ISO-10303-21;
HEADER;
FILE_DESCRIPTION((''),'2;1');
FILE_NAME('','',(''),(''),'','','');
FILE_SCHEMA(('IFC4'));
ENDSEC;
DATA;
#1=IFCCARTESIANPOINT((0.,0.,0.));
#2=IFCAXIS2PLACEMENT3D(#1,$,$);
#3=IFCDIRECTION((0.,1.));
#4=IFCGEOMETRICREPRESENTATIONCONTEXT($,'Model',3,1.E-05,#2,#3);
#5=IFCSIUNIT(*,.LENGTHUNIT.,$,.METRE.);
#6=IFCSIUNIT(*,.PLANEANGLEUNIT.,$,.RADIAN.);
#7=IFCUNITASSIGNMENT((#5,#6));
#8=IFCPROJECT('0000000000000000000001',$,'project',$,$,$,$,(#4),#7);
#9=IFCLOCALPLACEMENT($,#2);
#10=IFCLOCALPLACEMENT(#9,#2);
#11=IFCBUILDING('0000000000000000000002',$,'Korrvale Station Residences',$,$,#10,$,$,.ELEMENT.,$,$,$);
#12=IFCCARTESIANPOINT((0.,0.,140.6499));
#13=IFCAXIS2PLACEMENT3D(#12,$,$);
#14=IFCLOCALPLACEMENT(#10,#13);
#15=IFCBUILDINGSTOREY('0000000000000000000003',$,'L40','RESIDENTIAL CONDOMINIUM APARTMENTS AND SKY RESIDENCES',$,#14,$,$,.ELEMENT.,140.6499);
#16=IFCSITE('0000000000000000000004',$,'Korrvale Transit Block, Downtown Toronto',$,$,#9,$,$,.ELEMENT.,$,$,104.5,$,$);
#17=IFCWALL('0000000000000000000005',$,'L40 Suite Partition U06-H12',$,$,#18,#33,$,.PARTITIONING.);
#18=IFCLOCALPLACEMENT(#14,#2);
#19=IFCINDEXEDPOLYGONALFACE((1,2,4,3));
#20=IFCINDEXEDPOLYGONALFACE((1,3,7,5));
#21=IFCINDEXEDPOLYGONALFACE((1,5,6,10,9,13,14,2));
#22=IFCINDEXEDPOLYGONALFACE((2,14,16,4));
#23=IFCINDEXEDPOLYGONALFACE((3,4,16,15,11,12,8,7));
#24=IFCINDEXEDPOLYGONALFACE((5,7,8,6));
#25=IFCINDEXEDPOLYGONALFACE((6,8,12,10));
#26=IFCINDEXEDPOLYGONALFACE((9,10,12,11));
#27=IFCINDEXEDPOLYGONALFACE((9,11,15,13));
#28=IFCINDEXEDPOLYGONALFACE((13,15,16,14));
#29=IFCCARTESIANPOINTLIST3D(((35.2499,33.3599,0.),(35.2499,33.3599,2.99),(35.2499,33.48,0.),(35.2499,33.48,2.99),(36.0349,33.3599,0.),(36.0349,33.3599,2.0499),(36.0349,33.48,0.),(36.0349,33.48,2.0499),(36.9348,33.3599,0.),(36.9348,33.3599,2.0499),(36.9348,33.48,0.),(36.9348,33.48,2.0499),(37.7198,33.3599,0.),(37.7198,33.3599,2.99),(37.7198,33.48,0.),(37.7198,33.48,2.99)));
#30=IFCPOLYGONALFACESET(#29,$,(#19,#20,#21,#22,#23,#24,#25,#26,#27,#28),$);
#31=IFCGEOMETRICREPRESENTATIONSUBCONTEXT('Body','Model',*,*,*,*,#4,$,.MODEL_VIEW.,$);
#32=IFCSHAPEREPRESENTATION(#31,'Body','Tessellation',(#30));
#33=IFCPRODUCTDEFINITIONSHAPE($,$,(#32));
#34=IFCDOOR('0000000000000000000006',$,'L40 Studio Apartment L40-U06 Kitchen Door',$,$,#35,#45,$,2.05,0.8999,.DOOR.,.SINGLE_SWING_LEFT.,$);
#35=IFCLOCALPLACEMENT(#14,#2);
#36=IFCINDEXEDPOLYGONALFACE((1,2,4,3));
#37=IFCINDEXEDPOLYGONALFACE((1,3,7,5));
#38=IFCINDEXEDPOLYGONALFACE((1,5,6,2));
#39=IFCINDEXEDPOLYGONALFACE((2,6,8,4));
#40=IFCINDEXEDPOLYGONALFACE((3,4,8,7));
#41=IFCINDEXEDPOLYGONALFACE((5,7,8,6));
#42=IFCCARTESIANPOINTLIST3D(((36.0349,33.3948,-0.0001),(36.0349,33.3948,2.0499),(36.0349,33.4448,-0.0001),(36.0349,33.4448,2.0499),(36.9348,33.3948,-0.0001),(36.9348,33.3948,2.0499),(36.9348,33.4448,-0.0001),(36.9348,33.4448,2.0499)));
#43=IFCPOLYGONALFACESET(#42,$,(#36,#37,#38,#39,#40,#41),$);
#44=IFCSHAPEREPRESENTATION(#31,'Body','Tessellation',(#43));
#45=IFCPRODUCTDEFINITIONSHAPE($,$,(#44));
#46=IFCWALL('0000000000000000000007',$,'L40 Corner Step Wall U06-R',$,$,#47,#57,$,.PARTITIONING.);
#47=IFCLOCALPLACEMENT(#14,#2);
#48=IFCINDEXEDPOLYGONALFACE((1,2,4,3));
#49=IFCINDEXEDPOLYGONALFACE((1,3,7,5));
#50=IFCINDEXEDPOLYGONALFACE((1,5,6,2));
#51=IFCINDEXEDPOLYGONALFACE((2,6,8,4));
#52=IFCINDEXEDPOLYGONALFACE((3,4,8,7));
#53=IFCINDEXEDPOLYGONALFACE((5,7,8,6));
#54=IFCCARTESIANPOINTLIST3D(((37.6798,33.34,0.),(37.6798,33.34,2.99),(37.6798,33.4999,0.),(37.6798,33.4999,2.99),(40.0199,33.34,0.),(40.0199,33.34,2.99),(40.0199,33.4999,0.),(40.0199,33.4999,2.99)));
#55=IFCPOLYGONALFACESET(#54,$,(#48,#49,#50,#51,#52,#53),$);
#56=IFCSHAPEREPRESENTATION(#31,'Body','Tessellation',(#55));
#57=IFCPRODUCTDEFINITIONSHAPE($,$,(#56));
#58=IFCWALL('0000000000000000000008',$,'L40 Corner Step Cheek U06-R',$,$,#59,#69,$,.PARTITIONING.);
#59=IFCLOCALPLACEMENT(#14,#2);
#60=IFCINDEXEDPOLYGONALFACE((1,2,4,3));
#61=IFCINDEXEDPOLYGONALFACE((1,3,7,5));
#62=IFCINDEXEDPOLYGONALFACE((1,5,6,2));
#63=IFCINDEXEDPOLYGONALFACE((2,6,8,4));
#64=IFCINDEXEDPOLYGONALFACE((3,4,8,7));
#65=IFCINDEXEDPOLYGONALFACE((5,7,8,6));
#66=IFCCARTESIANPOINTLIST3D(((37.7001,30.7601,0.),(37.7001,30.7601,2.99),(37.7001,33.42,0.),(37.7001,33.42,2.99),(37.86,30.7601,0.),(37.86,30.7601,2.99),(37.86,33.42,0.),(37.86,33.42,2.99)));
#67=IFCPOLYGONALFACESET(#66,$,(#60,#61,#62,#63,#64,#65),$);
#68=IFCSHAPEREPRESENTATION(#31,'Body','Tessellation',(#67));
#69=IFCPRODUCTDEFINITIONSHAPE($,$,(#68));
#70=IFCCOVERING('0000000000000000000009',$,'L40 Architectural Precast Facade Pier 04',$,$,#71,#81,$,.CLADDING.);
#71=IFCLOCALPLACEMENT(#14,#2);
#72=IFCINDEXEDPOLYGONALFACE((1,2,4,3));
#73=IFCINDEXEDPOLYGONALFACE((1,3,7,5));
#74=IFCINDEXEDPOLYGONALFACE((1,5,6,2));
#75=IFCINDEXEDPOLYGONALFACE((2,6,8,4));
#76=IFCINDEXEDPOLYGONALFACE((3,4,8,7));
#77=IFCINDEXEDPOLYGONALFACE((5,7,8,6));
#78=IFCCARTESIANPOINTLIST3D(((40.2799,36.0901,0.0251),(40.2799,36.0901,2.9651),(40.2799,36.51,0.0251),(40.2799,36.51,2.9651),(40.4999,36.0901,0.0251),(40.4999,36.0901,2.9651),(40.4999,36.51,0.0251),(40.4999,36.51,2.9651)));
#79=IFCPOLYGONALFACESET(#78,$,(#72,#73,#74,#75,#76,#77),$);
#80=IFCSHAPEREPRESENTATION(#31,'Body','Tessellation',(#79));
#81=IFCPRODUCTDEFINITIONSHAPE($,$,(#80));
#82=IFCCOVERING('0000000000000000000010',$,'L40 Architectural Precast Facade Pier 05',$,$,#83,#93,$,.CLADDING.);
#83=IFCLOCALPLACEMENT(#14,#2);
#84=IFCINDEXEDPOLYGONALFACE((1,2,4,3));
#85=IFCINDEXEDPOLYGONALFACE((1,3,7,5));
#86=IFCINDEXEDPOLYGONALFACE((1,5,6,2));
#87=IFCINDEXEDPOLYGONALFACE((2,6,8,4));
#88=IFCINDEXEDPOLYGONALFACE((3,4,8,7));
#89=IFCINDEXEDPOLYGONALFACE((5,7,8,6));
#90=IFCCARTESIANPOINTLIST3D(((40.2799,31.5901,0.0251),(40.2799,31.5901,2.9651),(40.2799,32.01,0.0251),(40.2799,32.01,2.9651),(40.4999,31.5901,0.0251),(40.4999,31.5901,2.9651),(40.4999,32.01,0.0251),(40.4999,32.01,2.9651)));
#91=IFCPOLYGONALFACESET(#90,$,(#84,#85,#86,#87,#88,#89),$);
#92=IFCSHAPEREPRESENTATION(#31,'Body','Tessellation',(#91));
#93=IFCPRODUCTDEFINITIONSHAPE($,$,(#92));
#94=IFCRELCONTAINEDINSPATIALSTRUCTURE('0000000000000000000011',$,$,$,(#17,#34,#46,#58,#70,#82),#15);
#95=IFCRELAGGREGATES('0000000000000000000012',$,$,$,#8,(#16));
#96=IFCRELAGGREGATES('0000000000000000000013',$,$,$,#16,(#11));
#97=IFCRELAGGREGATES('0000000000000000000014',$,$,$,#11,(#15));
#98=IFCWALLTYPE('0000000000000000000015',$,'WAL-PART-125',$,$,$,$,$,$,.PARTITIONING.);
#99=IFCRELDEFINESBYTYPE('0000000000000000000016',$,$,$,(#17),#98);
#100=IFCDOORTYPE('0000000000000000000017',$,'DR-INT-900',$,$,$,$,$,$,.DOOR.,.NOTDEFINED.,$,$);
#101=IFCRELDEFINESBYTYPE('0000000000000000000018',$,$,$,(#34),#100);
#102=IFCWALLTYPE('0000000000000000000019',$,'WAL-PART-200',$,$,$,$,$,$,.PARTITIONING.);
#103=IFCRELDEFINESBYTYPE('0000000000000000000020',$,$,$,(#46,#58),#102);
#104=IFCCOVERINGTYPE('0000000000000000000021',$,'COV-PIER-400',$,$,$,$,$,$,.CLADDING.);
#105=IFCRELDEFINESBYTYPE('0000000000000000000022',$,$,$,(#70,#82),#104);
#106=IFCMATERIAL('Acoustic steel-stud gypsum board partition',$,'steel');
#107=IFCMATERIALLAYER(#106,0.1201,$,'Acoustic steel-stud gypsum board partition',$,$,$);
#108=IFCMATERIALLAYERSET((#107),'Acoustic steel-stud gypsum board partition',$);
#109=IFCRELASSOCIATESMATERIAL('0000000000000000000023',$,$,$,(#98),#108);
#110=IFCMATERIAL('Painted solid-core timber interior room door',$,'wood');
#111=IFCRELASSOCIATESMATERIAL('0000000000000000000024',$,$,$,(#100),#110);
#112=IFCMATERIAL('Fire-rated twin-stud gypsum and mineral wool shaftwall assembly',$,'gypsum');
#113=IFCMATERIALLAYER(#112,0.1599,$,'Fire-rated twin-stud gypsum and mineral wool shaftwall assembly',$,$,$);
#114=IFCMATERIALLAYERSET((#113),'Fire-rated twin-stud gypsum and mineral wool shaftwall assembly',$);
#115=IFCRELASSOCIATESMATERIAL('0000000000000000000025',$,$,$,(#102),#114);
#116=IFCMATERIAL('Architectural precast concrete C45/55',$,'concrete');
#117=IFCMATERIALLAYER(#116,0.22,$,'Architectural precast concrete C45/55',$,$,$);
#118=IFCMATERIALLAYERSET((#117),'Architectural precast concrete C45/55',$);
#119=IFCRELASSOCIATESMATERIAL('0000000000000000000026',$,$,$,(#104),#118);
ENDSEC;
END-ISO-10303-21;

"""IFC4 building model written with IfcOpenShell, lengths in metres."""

from ifc_helpers import new_model, si_unit, direction, frame, frame_2d, origin, origin_2d, place, context, subcontext, project, spatial, rectangle, extrude, material, layer, layer_set, type_object, element, fill, save


model = new_model("IFC4")

# Units and contexts
model_context = context("Model", 3, precision=1e-05, world=origin(), true_north=direction((0.0, 1.0)))
body_context = subcontext(model_context, "Body", "Model", "MODEL_VIEW")
ifc_project = project(units=[si_unit("LENGTHUNIT", "METRE"), si_unit("PLANEANGLEUNIT", "RADIAN")], contexts=[model_context])

# Site, building, storey
site_placement = place(None, origin())
site = spatial("IfcSite", under=ifc_project, at=site_placement, Name="Korrvale Transit Block, Downtown Toronto", CompositionType="ELEMENT", RefElevation=104.5)
building_placement = place(site_placement, origin())
building = spatial("IfcBuilding", under=site, at=building_placement, Name="Korrvale Station Residences", CompositionType="ELEMENT")
storey_placement = place(building_placement, frame((0.0, 0.0, 140.6499)))
storey = spatial("IfcBuildingStorey", under=building, at=storey_placement, Name="L40", Description="RESIDENTIAL CONDOMINIUM APARTMENTS AND SKY RESIDENCES", CompositionType="ELEMENT", Elevation=140.6499)

# Wall, opening, door
ifc_material_1 = material(Name="Acoustic steel-stud gypsum board partition", Category="steel")
ifc_layer_1 = layer(ifc_material_1, 0.1201, Name="Acoustic steel-stud gypsum board partition")
ifc_layer_set_1 = layer_set([ifc_layer_1], Name="Acoustic steel-stud gypsum board partition")
wall_type_1 = type_object("IfcWallType", Name="WAL-PART-125", PredefinedType="PARTITIONING", material=ifc_layer_set_1)
wall_1_placement = place(storey_placement, frame((35.25, 33.4199, 0.0), z_axis=(0.0, 0.0, 1.0), x_axis=(1.0, 0.0, 0.0)))
wall_1 = element("IfcWall", 1, at=wall_1_placement, inside=storey, type_object=wall_type_1, Name="L40 Suite Partition U06-H12", PredefinedType="PARTITIONING", context=body_context, shape_type="SweptSolid", body=[
    extrude(rectangle(XDim=2.47, YDim=0.1201, at=frame_2d((1.2349, 0.0))), origin(), (0.0, 0.0, 1.0), 2.99),
])
opening_1_placement = place(wall_1_placement, frame((0.7849, 0.0, 0.0)))
opening_1 = element("IfcOpeningElement", 2, at=opening_1_placement, cuts=wall_1, PredefinedType="OPENING", context=body_context, shape_type="SweptSolid", body=[
    extrude(rectangle(XDim=0.8999, YDim=2.05, at=frame_2d((0.45, 1.0249))), frame((0.0, 0.0701, 0.0), z_axis=(0.0, -1.0, 0.0), x_axis=(1.0, 0.0, 0.0)), (0.0, 0.0, 1.0), 0.1401),
])
ifc_material_2 = material(Name="Painted solid-core timber interior room door", Category="wood")
door_type_1 = type_object("IfcDoorType", Name="DR-INT-900", OperationType="NOTDEFINED", PredefinedType="DOOR", material=ifc_material_2)
door_1_placement = place(opening_1_placement, origin())
door_1 = element("IfcDoor", 3, at=door_1_placement, inside=storey, type_object=door_type_1, Name="L40 Studio Apartment L40-U06 Kitchen Door", OperationType="SINGLE_SWING_LEFT", OverallHeight=2.05, OverallWidth=0.8999, PredefinedType="DOOR", context=body_context, shape_type="SweptSolid", body=[
    extrude(rectangle(XDim=0.8999, YDim=2.05, at=frame_2d((0.45, 1.0249))), frame((0.0, 0.0249, 0.0), z_axis=(0.0, -1.0, 0.0), x_axis=(1.0, 0.0, 0.0)), (0.0, 0.0, 1.0), 0.05),
])
fill(opening_1, door_1)

# Walls
ifc_material_3 = material(Name="Fire-rated twin-stud gypsum and mineral wool shaftwall assembly", Category="gypsum")
ifc_layer_2 = layer(ifc_material_3, 0.1599, Name="Fire-rated twin-stud gypsum and mineral wool shaftwall assembly")
ifc_layer_set_2 = layer_set([ifc_layer_2], Name="Fire-rated twin-stud gypsum and mineral wool shaftwall assembly")
wall_type_2 = type_object("IfcWallType", Name="WAL-PART-200", PredefinedType="PARTITIONING", material=ifc_layer_set_2)
wall_2_placement = place(storey_placement, frame((37.6799, 33.4199, 0.0), z_axis=(0.0, 0.0, 1.0), x_axis=(1.0, 0.0, 0.0)))
element("IfcWall", 4, at=wall_2_placement, inside=storey, type_object=wall_type_2, Name="L40 Corner Step Wall U06-R", PredefinedType="PARTITIONING", context=body_context, shape_type="SweptSolid", body=[
    extrude(rectangle(XDim=2.3401, YDim=0.1599, at=frame_2d((1.1699, 0.0))), origin(), (0.0, 0.0, 1.0), 2.99),
])
wall_3_placement = place(storey_placement, frame((37.78, 30.76, 0.0), z_axis=(0.0, 0.0, 1.0), x_axis=(0.0, 1.0, 0.0)))
element("IfcWall", 5, at=wall_3_placement, inside=storey, type_object=wall_type_2, Name="L40 Corner Step Cheek U06-R", PredefinedType="PARTITIONING", context=body_context, shape_type="SweptSolid", body=[
    extrude(rectangle(XDim=2.6599, YDim=0.1599, at=frame_2d((1.3301, 0.0))), origin(), (0.0, 0.0, 1.0), 2.99),
])

# Coverings
ifc_material_4 = material(Name="Architectural precast concrete C45/55", Category="concrete")
ifc_layer_3 = layer(ifc_material_4, 0.22, Name="Architectural precast concrete C45/55")
ifc_layer_set_3 = layer_set([ifc_layer_3], Name="Architectural precast concrete C45/55")
covering_type = type_object("IfcCoveringType", Name="COV-PIER-400", PredefinedType="CLADDING", material=ifc_layer_set_3)
for number, where, z_axis, x_axis, name in (
    (6, (40.3899, 36.3, 0.0251), (0.0, 0.0, 1.0), (0.0, 1.0, 0.0), "L40 Architectural Precast Facade Pier 04"),
    (7, (40.3899, 31.8, 0.0251), (0.0, 0.0, 1.0), (0.0, 1.0, 0.0), "L40 Architectural Precast Facade Pier 05"),
):
    element("IfcCovering", number, at=place(storey_placement, frame(where, z_axis=z_axis, x_axis=x_axis)), inside=storey, type_object=covering_type, Name=name, PredefinedType="CLADDING", context=body_context, shape_type="SweptSolid", body=[
        extrude(rectangle(XDim=0.4199, YDim=0.22, at=origin_2d()), origin(), (0.0, 0.0, 1.0), 2.9399),
    ])

save(model, "model.ifc")
